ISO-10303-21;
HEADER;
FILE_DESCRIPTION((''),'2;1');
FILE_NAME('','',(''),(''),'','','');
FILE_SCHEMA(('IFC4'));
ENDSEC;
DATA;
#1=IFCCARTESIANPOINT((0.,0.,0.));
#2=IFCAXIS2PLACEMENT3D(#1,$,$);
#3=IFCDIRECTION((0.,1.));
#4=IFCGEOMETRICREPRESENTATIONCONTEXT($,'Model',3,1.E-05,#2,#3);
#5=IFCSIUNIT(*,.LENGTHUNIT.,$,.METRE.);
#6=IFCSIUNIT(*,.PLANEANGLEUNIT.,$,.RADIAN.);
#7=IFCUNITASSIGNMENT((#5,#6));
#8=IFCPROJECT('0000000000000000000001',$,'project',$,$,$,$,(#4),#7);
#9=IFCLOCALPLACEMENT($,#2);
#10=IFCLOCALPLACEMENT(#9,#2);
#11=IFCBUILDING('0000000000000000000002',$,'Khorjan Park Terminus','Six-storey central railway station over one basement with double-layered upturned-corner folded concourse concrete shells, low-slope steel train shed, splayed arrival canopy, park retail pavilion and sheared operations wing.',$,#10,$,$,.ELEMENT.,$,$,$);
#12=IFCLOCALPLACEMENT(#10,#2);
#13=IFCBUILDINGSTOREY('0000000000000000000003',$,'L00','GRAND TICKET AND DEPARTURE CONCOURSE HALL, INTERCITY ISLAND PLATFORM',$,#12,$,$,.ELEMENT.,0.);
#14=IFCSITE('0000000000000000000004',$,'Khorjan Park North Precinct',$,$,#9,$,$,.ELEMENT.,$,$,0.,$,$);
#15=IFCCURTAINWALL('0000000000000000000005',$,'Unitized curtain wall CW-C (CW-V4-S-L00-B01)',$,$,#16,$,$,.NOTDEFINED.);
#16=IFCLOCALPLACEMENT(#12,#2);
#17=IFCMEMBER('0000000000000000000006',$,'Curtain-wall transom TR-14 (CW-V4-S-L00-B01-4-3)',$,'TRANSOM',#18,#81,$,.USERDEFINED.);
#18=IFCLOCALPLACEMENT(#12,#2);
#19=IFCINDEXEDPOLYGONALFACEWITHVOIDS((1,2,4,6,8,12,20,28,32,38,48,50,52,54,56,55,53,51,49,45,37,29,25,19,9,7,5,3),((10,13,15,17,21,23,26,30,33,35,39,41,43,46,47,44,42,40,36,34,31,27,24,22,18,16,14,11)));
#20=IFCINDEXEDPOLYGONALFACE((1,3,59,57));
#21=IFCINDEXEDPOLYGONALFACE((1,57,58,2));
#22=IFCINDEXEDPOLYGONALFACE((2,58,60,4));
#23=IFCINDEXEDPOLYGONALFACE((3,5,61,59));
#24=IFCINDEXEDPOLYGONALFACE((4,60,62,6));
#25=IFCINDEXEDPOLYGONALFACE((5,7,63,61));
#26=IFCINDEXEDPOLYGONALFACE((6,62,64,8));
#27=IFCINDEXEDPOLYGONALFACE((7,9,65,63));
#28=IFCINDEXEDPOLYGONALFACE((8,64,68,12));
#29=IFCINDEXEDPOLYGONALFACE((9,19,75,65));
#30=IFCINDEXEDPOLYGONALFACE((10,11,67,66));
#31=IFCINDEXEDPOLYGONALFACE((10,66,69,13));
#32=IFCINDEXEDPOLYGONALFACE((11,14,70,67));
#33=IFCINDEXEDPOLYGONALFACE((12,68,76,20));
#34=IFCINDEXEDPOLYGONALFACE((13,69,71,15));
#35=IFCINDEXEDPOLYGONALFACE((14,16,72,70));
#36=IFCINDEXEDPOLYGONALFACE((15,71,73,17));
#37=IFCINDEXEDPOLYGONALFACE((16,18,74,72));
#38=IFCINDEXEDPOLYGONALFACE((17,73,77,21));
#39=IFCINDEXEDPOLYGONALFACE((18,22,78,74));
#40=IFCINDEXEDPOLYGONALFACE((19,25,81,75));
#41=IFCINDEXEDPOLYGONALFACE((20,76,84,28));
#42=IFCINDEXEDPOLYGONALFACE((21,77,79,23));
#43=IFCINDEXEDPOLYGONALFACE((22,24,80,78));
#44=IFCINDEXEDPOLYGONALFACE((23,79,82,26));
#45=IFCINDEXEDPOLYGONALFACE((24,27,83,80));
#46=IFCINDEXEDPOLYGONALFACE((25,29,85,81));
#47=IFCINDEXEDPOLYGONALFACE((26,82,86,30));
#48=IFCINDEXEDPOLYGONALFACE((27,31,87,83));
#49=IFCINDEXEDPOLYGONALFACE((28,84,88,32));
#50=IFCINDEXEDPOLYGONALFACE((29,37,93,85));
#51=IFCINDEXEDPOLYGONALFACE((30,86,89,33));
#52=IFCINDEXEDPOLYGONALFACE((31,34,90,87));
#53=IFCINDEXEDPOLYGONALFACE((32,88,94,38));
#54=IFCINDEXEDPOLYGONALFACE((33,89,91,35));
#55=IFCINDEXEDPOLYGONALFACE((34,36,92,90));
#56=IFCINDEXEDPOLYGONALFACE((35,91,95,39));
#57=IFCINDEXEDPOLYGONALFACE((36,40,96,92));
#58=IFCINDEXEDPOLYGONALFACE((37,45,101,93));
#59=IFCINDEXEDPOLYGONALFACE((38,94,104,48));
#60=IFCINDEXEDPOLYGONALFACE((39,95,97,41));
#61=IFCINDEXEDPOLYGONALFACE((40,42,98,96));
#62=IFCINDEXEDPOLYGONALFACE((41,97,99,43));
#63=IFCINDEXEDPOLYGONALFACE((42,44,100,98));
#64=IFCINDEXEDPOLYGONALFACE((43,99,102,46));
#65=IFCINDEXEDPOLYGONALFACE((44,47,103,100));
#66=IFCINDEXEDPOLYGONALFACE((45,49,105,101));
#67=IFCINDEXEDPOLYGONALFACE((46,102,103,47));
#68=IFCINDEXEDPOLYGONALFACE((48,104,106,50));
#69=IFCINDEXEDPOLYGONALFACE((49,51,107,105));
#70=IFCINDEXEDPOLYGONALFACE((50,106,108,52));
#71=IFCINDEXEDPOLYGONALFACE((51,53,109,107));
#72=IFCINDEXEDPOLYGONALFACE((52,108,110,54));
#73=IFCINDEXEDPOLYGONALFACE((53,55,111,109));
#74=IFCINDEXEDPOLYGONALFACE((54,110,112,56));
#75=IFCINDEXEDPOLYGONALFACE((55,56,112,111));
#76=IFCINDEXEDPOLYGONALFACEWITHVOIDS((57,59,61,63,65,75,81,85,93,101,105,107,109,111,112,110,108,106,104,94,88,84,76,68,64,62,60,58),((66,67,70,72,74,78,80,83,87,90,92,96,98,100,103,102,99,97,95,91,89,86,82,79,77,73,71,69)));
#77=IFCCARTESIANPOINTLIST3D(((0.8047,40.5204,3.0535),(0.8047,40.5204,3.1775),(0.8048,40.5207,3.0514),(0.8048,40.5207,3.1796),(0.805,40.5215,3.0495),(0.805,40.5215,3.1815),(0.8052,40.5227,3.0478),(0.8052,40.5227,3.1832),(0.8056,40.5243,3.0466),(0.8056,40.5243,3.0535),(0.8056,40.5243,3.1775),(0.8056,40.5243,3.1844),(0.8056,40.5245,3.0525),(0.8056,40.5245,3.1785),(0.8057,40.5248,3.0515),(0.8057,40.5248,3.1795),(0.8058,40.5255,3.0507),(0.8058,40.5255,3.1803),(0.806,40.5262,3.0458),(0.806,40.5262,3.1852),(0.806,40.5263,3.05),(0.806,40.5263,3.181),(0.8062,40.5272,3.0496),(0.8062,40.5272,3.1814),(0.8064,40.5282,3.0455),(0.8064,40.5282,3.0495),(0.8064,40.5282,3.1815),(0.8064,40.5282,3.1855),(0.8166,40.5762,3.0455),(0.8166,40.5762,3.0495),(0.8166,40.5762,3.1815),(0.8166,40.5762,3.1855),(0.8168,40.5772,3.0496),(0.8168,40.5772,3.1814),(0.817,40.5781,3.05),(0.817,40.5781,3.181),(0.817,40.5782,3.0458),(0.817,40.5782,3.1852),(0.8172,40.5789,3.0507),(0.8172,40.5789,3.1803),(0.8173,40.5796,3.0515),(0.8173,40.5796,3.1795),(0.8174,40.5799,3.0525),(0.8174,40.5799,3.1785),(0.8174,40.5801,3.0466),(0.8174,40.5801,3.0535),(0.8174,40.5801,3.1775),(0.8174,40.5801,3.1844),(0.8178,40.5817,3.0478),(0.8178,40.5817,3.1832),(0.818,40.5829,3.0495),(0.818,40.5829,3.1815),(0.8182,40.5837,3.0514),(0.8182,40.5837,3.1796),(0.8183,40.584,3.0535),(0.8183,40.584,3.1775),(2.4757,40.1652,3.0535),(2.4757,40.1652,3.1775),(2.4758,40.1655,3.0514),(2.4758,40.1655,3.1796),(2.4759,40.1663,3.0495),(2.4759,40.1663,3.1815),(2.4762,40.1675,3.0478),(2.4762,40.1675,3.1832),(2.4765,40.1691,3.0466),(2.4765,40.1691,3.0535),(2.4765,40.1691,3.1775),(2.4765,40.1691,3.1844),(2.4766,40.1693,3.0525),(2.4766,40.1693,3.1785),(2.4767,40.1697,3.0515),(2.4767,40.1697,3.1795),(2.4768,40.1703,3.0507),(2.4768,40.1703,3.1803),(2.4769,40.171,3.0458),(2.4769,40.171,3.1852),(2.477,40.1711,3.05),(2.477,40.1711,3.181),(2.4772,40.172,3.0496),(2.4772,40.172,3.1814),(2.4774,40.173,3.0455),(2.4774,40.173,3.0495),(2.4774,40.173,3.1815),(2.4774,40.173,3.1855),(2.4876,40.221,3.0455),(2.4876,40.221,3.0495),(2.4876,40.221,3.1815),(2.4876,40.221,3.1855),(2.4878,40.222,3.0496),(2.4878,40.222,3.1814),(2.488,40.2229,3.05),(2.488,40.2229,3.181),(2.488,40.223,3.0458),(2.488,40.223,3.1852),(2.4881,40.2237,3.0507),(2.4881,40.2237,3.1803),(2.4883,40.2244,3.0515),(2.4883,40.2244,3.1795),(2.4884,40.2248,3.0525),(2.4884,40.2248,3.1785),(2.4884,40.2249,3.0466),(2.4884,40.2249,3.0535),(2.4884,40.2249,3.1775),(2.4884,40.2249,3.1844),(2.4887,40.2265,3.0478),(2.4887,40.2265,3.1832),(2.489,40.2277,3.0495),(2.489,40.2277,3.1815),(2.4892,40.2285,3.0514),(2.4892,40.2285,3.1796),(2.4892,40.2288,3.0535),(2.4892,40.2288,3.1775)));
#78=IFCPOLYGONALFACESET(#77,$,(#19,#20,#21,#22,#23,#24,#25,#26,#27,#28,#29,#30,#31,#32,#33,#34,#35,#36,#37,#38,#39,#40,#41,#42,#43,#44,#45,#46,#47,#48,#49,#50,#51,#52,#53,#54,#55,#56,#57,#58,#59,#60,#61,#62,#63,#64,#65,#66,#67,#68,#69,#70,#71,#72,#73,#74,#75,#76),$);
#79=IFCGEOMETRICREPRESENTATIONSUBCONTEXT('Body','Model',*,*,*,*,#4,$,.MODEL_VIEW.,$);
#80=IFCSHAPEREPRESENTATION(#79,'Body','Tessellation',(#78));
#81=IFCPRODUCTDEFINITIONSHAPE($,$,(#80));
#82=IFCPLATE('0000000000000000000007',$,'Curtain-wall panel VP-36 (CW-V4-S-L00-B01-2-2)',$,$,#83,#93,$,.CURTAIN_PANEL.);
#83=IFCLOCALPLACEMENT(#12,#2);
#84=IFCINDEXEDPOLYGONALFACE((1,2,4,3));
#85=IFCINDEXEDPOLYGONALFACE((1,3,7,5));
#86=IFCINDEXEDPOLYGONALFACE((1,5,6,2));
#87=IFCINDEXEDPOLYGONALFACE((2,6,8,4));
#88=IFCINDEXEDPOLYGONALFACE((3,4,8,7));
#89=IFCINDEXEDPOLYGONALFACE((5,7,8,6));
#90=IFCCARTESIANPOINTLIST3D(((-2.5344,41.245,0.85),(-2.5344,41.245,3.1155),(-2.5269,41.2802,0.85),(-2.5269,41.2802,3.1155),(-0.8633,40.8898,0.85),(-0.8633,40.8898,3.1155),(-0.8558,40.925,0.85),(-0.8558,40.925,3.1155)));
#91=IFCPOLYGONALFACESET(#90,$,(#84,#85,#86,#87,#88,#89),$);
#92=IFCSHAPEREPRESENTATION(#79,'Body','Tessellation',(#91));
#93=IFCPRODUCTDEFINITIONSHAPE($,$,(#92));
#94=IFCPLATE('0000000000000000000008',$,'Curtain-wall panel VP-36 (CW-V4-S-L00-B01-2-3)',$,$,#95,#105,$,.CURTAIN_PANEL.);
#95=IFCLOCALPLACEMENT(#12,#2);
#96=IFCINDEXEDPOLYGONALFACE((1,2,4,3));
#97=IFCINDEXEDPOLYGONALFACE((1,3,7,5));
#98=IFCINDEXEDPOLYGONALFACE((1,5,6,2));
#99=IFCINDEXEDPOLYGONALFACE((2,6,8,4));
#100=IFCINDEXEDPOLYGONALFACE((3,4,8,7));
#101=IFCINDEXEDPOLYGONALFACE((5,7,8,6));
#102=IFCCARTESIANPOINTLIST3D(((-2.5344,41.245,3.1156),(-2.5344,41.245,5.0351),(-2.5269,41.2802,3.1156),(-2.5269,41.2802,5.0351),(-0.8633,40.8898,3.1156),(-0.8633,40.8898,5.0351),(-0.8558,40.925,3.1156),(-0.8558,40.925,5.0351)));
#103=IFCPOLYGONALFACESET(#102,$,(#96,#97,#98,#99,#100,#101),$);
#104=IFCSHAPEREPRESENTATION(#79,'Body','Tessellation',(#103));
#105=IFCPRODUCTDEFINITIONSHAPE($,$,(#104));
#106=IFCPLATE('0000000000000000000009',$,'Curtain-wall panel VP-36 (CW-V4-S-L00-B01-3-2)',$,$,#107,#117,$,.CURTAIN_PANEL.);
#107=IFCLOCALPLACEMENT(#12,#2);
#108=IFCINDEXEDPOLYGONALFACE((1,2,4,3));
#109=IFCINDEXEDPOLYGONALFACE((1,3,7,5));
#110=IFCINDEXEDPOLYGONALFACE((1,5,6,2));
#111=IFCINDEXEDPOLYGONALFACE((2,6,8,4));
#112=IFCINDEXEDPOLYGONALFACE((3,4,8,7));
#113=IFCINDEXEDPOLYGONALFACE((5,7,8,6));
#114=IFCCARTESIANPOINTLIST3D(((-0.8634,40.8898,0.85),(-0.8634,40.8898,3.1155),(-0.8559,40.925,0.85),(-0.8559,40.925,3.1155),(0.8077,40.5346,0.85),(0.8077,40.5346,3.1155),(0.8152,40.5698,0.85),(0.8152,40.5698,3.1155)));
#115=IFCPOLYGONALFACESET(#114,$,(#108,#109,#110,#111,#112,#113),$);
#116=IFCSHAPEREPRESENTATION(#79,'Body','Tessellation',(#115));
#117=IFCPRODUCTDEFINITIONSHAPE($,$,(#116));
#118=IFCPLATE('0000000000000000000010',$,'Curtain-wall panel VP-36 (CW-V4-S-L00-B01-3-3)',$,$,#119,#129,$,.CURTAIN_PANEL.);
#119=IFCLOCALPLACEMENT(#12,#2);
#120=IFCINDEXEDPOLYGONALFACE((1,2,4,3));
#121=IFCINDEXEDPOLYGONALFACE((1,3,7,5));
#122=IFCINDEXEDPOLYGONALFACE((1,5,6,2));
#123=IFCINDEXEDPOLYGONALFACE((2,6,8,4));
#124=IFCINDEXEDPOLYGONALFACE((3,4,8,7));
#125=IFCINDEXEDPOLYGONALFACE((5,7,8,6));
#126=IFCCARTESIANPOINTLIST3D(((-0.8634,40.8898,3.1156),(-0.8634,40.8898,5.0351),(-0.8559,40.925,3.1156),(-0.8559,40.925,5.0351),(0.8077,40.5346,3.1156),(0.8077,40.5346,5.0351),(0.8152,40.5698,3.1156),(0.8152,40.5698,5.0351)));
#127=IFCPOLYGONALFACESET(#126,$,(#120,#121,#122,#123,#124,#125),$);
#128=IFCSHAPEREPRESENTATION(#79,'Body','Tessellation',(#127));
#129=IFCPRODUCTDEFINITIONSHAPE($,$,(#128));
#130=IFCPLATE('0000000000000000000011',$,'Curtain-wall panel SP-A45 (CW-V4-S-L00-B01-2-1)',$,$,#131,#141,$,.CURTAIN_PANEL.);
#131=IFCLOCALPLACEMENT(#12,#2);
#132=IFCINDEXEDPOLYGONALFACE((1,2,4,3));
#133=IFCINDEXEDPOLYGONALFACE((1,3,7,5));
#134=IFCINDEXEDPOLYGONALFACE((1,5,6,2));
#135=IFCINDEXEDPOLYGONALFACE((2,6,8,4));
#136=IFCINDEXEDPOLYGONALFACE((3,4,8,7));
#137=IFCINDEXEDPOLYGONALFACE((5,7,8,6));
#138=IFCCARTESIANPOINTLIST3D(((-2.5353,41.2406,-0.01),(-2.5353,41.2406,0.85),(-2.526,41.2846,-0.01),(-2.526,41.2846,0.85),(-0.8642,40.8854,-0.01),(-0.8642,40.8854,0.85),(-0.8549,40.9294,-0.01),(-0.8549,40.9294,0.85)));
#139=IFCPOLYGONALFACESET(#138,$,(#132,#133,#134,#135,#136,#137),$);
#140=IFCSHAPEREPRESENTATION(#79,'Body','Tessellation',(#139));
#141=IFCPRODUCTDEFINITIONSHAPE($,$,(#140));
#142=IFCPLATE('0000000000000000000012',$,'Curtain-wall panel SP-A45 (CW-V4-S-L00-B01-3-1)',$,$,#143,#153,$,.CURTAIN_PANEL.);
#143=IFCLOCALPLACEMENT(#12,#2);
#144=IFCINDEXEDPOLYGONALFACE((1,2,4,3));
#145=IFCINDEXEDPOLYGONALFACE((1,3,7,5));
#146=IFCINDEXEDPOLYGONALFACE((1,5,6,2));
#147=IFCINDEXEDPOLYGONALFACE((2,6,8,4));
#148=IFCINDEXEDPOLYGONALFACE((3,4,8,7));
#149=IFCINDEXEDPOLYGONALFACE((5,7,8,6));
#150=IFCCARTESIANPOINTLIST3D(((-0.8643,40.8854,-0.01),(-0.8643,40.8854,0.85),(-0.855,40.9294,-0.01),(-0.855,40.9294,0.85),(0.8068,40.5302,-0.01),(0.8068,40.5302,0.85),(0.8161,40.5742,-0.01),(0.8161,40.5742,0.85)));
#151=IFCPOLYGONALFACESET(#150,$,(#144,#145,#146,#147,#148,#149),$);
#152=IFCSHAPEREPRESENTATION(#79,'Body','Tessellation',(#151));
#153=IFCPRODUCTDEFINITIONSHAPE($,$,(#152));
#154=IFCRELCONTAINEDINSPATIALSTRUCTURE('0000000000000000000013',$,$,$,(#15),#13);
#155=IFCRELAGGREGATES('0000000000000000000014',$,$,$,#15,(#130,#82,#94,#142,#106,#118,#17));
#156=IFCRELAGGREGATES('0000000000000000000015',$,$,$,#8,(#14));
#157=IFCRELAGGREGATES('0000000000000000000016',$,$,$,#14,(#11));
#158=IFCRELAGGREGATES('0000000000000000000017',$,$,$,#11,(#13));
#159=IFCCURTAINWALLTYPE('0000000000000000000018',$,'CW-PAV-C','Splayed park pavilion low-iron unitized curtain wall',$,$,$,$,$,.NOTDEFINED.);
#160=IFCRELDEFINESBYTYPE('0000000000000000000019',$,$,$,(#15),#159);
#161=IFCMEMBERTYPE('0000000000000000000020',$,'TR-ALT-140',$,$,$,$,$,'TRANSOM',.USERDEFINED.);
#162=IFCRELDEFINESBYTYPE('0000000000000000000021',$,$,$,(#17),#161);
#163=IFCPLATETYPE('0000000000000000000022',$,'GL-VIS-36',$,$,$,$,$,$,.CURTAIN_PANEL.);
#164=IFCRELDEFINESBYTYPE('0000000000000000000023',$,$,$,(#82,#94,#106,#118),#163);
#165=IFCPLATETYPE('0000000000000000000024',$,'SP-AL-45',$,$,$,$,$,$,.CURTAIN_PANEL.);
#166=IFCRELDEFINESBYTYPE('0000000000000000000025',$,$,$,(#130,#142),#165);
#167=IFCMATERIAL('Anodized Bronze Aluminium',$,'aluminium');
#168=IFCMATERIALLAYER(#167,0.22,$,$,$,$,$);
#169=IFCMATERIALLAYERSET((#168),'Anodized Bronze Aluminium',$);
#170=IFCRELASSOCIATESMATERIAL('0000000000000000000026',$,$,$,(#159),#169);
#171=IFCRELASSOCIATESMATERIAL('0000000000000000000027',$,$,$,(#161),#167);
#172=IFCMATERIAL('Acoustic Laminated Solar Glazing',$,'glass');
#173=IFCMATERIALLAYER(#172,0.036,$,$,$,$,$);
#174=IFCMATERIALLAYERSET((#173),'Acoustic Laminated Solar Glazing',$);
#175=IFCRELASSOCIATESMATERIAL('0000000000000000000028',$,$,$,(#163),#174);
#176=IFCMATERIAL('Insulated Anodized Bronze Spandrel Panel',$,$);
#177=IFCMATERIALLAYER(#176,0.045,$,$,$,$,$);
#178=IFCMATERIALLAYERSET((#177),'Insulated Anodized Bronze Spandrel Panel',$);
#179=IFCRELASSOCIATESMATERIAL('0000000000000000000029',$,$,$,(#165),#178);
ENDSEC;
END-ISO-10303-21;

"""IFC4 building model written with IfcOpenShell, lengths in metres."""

from ifc_helpers import new_model, si_unit, direction, frame, origin, origin_2d, place, context, subcontext, project, spatial, rectangle, hollow_rectangle, extrude, material, layer, layer_set, material_profile, profile_set, type_object, element, aggregate, save


model = new_model("IFC4")

# Units and contexts
model_context = context("Model", 3, precision=1e-05, world=origin(), true_north=direction((0.0, 1.0)))
body_context = subcontext(model_context, "Body", "Model", "MODEL_VIEW")
ifc_project = project(units=[si_unit("LENGTHUNIT", "METRE"), si_unit("PLANEANGLEUNIT", "RADIAN")], contexts=[model_context])

# Site, building, storey
site_placement = place(None, origin())
site = spatial("IfcSite", under=ifc_project, at=site_placement, Name="Khorjan Park North Precinct", CompositionType="ELEMENT", RefElevation=0.0)
building_placement = place(site_placement, origin())
building = spatial("IfcBuilding", under=site, at=building_placement, Name="Khorjan Park Terminus", Description="Six-storey central railway station over one basement with double-layered upturned-corner folded concourse concrete shells, low-slope steel train shed, splayed arrival canopy, park retail pavilion and sheared operations wing.", CompositionType="ELEMENT")
storey_placement = place(building_placement, origin())
storey = spatial("IfcBuildingStorey", under=building, at=storey_placement, Name="L00", Description="GRAND TICKET AND DEPARTURE CONCOURSE HALL, INTERCITY ISLAND PLATFORM", CompositionType="ELEMENT", Elevation=0.0)

# Curtain wall, member, plates
ifc_material_1 = material(Name="Anodized Bronze Aluminium", Category="aluminium")
ifc_layer_1 = layer(ifc_material_1, 0.22)
ifc_layer_set_1 = layer_set([ifc_layer_1], Name="Anodized Bronze Aluminium")
curtain_wall_type = type_object("IfcCurtainWallType", Name="CW-PAV-C", Description="Splayed park pavilion low-iron unitized curtain wall", PredefinedType="NOTDEFINED", material=ifc_layer_set_1)
curtain_wall_placement = place(storey_placement, origin())
curtain_wall = element("IfcCurtainWall", 1, at=curtain_wall_placement, inside=storey, type_object=curtain_wall_type, Name="Unitized curtain wall CW-C (CW-V4-S-L00-B01)", PredefinedType="NOTDEFINED")
ifc_material_profile_1 = material_profile(ifc_material_1, hollow_rectangle(XDim=0.065, YDim=0.14, WallThickness=0.004, InnerFilletRadius=0.004, OuterFilletRadius=0.008, at=origin_2d()), Name="ALT 65x140x4")
ifc_profile_set_1 = profile_set([ifc_material_profile_1], Name="Anodized Bronze Aluminium")
member_type_1 = type_object("IfcMemberType", Name="TR-ALT-140", ElementType="TRANSOM", PredefinedType="USERDEFINED", material=ifc_profile_set_1)
member_1_placement = place(storey_placement, frame((0.8115, 40.5522, 3.1155), z_axis=(0.978145, -0.207922, 0.0), x_axis=(0.207922, 0.978145, 0.0)))
member_1 = element("IfcMember", 2, at=member_1_placement, type_object=member_type_1, Name="Curtain-wall transom TR-14 (CW-V4-S-L00-B01-4-3)", ObjectType="TRANSOM", PredefinedType="USERDEFINED", context=body_context, shape_type="SweptSolid", body=[
    extrude(hollow_rectangle(XDim=0.065, YDim=0.14, WallThickness=0.004, InnerFilletRadius=0.004, OuterFilletRadius=0.008, at=origin_2d()), origin(), (0.0, 0.0, 1.0), 1.7083),
])
ifc_material_2 = material(Name="Acoustic Laminated Solar Glazing", Category="glass")
ifc_layer_2 = layer(ifc_material_2, 0.036)
ifc_layer_set_2 = layer_set([ifc_layer_2], Name="Acoustic Laminated Solar Glazing")
plate_type_1 = type_object("IfcPlateType", Name="GL-VIS-36", PredefinedType="CURTAIN_PANEL", material=ifc_layer_set_2)
plate_1_placement = place(storey_placement, frame((-1.6951, 41.085, 0.85), z_axis=(0.0, 0.0, 1.0), x_axis=(0.978147, -0.207914, 0.0)))
plate_1 = element("IfcPlate", 3, at=plate_1_placement, type_object=plate_type_1, Name="Curtain-wall panel VP-36 (CW-V4-S-L00-B01-2-2)", PredefinedType="CURTAIN_PANEL", context=body_context, shape_type="SweptSolid", body=[
    extrude(rectangle(XDim=1.7084, YDim=0.036, at=origin_2d()), origin(), (0.0, 0.0, 1.0), 2.2655),
])
plate_2_placement = place(storey_placement, frame((-1.6951, 41.085, 3.1156), z_axis=(0.0, 0.0, 1.0), x_axis=(0.978147, -0.207914, 0.0)))
plate_2 = element("IfcPlate", 4, at=plate_2_placement, type_object=plate_type_1, Name="Curtain-wall panel VP-36 (CW-V4-S-L00-B01-2-3)", PredefinedType="CURTAIN_PANEL", context=body_context, shape_type="SweptSolid", body=[
    extrude(rectangle(XDim=1.7084, YDim=0.036, at=origin_2d()), origin(), (0.0, 0.0, 1.0), 1.9195),
])
plate_3_placement = place(storey_placement, frame((-0.0241, 40.7298, 0.85), z_axis=(0.0, 0.0, 1.0), x_axis=(0.978147, -0.207914, 0.0)))
plate_3 = element("IfcPlate", 5, at=plate_3_placement, type_object=plate_type_1, Name="Curtain-wall panel VP-36 (CW-V4-S-L00-B01-3-2)", PredefinedType="CURTAIN_PANEL", context=body_context, shape_type="SweptSolid", body=[
    extrude(rectangle(XDim=1.7084, YDim=0.036, at=origin_2d()), origin(), (0.0, 0.0, 1.0), 2.2655),
])
plate_4_placement = place(storey_placement, frame((-0.0241, 40.7298, 3.1156), z_axis=(0.0, 0.0, 1.0), x_axis=(0.978147, -0.207914, 0.0)))
plate_4 = element("IfcPlate", 6, at=plate_4_placement, type_object=plate_type_1, Name="Curtain-wall panel VP-36 (CW-V4-S-L00-B01-3-3)", PredefinedType="CURTAIN_PANEL", context=body_context, shape_type="SweptSolid", body=[
    extrude(rectangle(XDim=1.7084, YDim=0.036, at=origin_2d()), origin(), (0.0, 0.0, 1.0), 1.9195),
])
ifc_material_3 = material(Name="Insulated Anodized Bronze Spandrel Panel")
ifc_layer_3 = layer(ifc_material_3, 0.045)
ifc_layer_set_3 = layer_set([ifc_layer_3], Name="Insulated Anodized Bronze Spandrel Panel")
plate_type_2 = type_object("IfcPlateType", Name="SP-AL-45", PredefinedType="CURTAIN_PANEL", material=ifc_layer_set_3)
plate_5_placement = place(storey_placement, frame((-1.6951, 41.085, -0.01), z_axis=(0.0, 0.0, 1.0), x_axis=(0.978147, -0.207914, 0.0)))
plate_5 = element("IfcPlate", 7, at=plate_5_placement, type_object=plate_type_2, Name="Curtain-wall panel SP-A45 (CW-V4-S-L00-B01-2-1)", PredefinedType="CURTAIN_PANEL", context=body_context, shape_type="SweptSolid", body=[
    extrude(rectangle(XDim=1.7084, YDim=0.045, at=origin_2d()), origin(), (0.0, 0.0, 1.0), 0.86),
])
plate_6_placement = place(storey_placement, frame((-0.0241, 40.7298, -0.01), z_axis=(0.0, 0.0, 1.0), x_axis=(0.978147, -0.207914, 0.0)))
plate_6 = element("IfcPlate", 8, at=plate_6_placement, type_object=plate_type_2, Name="Curtain-wall panel SP-A45 (CW-V4-S-L00-B01-3-1)", PredefinedType="CURTAIN_PANEL", context=body_context, shape_type="SweptSolid", body=[
    extrude(rectangle(XDim=1.7084, YDim=0.045, at=origin_2d()), origin(), (0.0, 0.0, 1.0), 0.86),
])
aggregate(curtain_wall, [plate_5, plate_1, plate_2, plate_6, plate_3, plate_4, member_1])

save(model, "model.ifc")
